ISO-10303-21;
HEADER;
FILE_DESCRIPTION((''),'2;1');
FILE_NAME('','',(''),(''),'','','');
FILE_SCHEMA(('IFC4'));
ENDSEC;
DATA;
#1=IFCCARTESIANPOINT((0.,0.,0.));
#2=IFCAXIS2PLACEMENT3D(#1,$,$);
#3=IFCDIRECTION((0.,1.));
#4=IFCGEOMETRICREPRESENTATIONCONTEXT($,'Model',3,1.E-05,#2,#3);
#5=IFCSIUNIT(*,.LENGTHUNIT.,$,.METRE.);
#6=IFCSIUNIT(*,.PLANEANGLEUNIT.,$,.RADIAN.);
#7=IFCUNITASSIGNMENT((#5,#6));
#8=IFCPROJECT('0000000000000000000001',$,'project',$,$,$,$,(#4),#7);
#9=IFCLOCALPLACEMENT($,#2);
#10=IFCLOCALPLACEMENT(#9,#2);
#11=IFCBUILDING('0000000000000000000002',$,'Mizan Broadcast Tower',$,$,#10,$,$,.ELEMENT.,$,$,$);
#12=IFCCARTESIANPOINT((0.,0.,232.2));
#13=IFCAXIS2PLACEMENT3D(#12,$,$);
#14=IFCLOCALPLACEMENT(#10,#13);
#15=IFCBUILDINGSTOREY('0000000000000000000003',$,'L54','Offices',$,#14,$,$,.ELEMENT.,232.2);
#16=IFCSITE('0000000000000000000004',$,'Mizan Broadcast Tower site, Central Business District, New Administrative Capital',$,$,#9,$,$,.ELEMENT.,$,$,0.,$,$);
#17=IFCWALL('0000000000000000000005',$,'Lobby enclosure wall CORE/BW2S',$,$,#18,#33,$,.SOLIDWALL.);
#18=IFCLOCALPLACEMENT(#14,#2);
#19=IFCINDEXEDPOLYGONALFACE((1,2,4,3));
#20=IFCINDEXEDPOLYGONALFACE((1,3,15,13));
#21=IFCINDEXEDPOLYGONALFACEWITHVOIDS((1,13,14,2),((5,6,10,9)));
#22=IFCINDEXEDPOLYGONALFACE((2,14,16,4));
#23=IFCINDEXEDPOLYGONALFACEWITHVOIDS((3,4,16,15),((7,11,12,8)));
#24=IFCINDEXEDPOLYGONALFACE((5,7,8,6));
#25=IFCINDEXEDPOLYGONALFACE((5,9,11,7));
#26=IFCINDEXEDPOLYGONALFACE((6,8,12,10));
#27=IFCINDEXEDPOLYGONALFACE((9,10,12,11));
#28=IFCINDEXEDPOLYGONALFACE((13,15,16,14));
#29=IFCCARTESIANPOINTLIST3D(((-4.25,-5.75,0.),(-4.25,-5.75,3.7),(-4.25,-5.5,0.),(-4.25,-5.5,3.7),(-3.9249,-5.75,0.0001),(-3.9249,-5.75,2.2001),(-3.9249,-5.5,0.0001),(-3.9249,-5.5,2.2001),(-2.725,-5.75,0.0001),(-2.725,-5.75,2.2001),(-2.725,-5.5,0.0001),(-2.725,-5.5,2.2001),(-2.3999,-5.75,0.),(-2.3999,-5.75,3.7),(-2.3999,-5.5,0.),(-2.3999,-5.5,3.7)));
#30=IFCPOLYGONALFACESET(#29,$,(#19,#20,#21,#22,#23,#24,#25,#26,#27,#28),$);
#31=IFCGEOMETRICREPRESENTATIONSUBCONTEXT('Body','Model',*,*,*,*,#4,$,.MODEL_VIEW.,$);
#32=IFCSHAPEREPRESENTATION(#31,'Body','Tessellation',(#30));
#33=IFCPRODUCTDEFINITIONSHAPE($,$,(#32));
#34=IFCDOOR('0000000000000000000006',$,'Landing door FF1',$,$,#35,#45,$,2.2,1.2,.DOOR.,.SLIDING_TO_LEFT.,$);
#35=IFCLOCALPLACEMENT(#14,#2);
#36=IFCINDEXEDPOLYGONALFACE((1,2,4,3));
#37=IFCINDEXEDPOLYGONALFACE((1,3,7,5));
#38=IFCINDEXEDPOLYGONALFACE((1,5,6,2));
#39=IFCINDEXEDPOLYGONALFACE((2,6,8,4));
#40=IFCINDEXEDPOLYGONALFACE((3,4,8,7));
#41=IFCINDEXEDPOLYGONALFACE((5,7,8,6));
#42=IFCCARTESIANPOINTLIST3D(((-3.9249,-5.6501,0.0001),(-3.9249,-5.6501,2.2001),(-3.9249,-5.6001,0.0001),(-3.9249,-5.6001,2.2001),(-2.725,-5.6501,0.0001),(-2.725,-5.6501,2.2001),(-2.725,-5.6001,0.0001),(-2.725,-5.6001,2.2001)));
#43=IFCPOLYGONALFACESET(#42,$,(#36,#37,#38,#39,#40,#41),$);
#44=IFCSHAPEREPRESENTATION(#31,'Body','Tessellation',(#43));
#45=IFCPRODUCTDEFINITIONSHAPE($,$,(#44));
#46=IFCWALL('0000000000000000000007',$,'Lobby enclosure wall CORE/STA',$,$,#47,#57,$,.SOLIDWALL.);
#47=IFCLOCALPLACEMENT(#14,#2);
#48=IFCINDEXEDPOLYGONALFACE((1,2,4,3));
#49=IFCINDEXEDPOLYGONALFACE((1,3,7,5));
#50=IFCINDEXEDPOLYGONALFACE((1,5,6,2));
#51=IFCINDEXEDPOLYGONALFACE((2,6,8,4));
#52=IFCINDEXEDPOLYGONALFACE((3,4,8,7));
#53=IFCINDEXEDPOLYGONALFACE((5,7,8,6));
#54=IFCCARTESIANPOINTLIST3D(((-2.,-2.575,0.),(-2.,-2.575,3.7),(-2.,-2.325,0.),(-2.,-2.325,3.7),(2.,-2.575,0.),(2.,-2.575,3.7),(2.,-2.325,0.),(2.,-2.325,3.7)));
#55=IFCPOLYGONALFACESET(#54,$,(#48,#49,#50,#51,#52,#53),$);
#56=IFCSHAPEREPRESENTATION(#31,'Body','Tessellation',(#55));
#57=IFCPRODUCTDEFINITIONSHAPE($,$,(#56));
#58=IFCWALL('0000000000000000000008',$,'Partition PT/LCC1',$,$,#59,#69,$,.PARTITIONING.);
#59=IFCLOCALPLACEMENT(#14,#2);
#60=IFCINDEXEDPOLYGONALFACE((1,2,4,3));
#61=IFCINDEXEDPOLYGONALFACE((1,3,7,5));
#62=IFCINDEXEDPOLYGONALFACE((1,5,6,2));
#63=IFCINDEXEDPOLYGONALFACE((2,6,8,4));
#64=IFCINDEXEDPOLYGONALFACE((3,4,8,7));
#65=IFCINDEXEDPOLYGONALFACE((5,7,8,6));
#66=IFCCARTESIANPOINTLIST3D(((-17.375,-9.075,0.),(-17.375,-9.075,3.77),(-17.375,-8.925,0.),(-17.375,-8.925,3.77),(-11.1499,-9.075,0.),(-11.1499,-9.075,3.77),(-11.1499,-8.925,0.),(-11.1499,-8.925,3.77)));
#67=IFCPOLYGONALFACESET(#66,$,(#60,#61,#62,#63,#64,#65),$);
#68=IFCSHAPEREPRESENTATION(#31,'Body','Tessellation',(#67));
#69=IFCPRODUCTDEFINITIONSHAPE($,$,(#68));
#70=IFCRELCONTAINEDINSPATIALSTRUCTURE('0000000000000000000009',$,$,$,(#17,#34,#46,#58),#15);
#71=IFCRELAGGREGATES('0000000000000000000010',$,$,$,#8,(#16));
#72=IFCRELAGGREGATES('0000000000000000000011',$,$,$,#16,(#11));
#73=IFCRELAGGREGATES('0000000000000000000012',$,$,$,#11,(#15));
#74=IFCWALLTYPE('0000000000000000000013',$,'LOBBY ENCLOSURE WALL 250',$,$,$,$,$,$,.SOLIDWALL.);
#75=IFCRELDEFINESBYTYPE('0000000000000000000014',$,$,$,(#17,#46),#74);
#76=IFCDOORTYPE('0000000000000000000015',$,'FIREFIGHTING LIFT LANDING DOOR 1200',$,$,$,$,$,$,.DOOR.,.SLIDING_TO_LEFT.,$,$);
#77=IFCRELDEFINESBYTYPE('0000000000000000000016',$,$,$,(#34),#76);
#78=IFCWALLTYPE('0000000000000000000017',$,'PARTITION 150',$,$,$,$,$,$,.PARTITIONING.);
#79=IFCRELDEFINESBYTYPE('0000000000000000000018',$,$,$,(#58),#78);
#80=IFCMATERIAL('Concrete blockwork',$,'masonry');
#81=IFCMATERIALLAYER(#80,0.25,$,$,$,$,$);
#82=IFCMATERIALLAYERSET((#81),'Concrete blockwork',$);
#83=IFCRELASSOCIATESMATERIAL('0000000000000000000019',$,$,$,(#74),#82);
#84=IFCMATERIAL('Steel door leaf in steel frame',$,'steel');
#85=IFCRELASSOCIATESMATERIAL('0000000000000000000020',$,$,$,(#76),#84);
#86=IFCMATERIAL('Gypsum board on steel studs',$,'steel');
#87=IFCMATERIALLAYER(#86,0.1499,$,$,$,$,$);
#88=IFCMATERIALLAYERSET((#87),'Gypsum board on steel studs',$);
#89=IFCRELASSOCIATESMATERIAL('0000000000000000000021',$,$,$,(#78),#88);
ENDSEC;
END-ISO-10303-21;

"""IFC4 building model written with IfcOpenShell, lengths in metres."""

from ifc_helpers import new_model, si_unit, direction, frame, frame_2d, origin, place, context, subcontext, project, spatial, rectangle, extrude, material, layer, layer_set, type_object, element, fill, save


model = new_model("IFC4")

# Units and contexts
model_context = context("Model", 3, precision=1e-05, world=origin(), true_north=direction((0.0, 1.0)))
body_context = subcontext(model_context, "Body", "Model", "MODEL_VIEW")
ifc_project = project(units=[si_unit("LENGTHUNIT", "METRE"), si_unit("PLANEANGLEUNIT", "RADIAN")], contexts=[model_context])

# Site, building, storey
site_placement = place(None, origin())
site = spatial("IfcSite", under=ifc_project, at=site_placement, Name="Mizan Broadcast Tower site, Central Business District, New Administrative Capital", CompositionType="ELEMENT", RefElevation=0.0)
building_placement = place(site_placement, origin())
building = spatial("IfcBuilding", under=site, at=building_placement, Name="Mizan Broadcast Tower", CompositionType="ELEMENT")
storey_placement = place(building_placement, frame((0.0, 0.0, 232.2)))
storey = spatial("IfcBuildingStorey", under=building, at=storey_placement, Name="L54", Description="Offices", CompositionType="ELEMENT", Elevation=232.2)

# Wall, opening, door
ifc_material_1 = material(Name="Concrete blockwork", Category="masonry")
ifc_layer_1 = layer(ifc_material_1, 0.25)
ifc_layer_set_1 = layer_set([ifc_layer_1], Name="Concrete blockwork")
wall_type_1 = type_object("IfcWallType", Name="LOBBY ENCLOSURE WALL 250", PredefinedType="SOLIDWALL", material=ifc_layer_set_1)
wall_1_placement = place(storey_placement, frame((-4.25, -5.625, 0.0), z_axis=(0.0, 0.0, 1.0), x_axis=(1.0, 0.0, 0.0)))
wall_1 = element("IfcWall", 1, at=wall_1_placement, inside=storey, type_object=wall_type_1, Name="Lobby enclosure wall CORE/BW2S", PredefinedType="SOLIDWALL", context=body_context, shape_type="SweptSolid", body=[
    extrude(rectangle(XDim=1.8501, YDim=0.25, at=frame_2d((0.925, 0.0))), origin(), (0.0, 0.0, 1.0), 3.7),
])
opening_1_placement = place(wall_1_placement, frame((0.325, 0.0, 0.0)))
opening_1 = element("IfcOpeningElement", 2, at=opening_1_placement, cuts=wall_1, PredefinedType="OPENING", context=body_context, shape_type="SweptSolid", body=[
    extrude(rectangle(XDim=1.2, YDim=2.2, at=frame_2d((0.6001, 1.1001))), frame((0.0, 0.135, 0.0), z_axis=(0.0, -1.0, 0.0), x_axis=(1.0, 0.0, 0.0)), (0.0, 0.0, 1.0), 0.27),
])
ifc_material_2 = material(Name="Steel door leaf in steel frame", Category="steel")
door_type_1 = type_object("IfcDoorType", Name="FIREFIGHTING LIFT LANDING DOOR 1200", OperationType="SLIDING_TO_LEFT", PredefinedType="DOOR", material=ifc_material_2)
door_1_placement = place(opening_1_placement, origin())
door_1 = element("IfcDoor", 3, at=door_1_placement, inside=storey, type_object=door_type_1, Name="Landing door FF1", OperationType="SLIDING_TO_LEFT", OverallHeight=2.2, OverallWidth=1.2, PredefinedType="DOOR", context=body_context, shape_type="SweptSolid", body=[
    extrude(rectangle(XDim=1.2, YDim=2.2, at=frame_2d((0.6001, 1.1001))), frame((0.0, 0.0249, 0.0), z_axis=(0.0, -1.0, 0.0), x_axis=(1.0, 0.0, 0.0)), (0.0, 0.0, 1.0), 0.05),
])
fill(opening_1, door_1)

# Walls
wall_2_placement = place(storey_placement, frame((-2.0, -2.45, 0.0), z_axis=(0.0, 0.0, 1.0), x_axis=(1.0, 0.0, 0.0)))
element("IfcWall", 4, at=wall_2_placement, inside=storey, type_object=wall_type_1, Name="Lobby enclosure wall CORE/STA", PredefinedType="SOLIDWALL", context=body_context, shape_type="SweptSolid", body=[
    extrude(rectangle(XDim=4.0, YDim=0.25, at=frame_2d((2.0, 0.0))), origin(), (0.0, 0.0, 1.0), 3.7),
])
ifc_material_3 = material(Name="Gypsum board on steel studs", Category="steel")
ifc_layer_2 = layer(ifc_material_3, 0.1499)
ifc_layer_set_2 = layer_set([ifc_layer_2], Name="Gypsum board on steel studs")
wall_type_2 = type_object("IfcWallType", Name="PARTITION 150", PredefinedType="PARTITIONING", material=ifc_layer_set_2)
wall_3_placement = place(storey_placement, frame((-11.1499, -9.0, 0.0), z_axis=(0.0, 0.0, 1.0), x_axis=(-1.0, 0.0, 0.0)))
element("IfcWall", 5, at=wall_3_placement, inside=storey, type_object=wall_type_2, Name="Partition PT/LCC1", PredefinedType="PARTITIONING", context=body_context, shape_type="SweptSolid", body=[
    extrude(rectangle(XDim=6.2251, YDim=0.1499, at=frame_2d((3.1125, 0.0))), origin(), (0.0, 0.0, 1.0), 3.77),
])

save(model, "model.ifc")
